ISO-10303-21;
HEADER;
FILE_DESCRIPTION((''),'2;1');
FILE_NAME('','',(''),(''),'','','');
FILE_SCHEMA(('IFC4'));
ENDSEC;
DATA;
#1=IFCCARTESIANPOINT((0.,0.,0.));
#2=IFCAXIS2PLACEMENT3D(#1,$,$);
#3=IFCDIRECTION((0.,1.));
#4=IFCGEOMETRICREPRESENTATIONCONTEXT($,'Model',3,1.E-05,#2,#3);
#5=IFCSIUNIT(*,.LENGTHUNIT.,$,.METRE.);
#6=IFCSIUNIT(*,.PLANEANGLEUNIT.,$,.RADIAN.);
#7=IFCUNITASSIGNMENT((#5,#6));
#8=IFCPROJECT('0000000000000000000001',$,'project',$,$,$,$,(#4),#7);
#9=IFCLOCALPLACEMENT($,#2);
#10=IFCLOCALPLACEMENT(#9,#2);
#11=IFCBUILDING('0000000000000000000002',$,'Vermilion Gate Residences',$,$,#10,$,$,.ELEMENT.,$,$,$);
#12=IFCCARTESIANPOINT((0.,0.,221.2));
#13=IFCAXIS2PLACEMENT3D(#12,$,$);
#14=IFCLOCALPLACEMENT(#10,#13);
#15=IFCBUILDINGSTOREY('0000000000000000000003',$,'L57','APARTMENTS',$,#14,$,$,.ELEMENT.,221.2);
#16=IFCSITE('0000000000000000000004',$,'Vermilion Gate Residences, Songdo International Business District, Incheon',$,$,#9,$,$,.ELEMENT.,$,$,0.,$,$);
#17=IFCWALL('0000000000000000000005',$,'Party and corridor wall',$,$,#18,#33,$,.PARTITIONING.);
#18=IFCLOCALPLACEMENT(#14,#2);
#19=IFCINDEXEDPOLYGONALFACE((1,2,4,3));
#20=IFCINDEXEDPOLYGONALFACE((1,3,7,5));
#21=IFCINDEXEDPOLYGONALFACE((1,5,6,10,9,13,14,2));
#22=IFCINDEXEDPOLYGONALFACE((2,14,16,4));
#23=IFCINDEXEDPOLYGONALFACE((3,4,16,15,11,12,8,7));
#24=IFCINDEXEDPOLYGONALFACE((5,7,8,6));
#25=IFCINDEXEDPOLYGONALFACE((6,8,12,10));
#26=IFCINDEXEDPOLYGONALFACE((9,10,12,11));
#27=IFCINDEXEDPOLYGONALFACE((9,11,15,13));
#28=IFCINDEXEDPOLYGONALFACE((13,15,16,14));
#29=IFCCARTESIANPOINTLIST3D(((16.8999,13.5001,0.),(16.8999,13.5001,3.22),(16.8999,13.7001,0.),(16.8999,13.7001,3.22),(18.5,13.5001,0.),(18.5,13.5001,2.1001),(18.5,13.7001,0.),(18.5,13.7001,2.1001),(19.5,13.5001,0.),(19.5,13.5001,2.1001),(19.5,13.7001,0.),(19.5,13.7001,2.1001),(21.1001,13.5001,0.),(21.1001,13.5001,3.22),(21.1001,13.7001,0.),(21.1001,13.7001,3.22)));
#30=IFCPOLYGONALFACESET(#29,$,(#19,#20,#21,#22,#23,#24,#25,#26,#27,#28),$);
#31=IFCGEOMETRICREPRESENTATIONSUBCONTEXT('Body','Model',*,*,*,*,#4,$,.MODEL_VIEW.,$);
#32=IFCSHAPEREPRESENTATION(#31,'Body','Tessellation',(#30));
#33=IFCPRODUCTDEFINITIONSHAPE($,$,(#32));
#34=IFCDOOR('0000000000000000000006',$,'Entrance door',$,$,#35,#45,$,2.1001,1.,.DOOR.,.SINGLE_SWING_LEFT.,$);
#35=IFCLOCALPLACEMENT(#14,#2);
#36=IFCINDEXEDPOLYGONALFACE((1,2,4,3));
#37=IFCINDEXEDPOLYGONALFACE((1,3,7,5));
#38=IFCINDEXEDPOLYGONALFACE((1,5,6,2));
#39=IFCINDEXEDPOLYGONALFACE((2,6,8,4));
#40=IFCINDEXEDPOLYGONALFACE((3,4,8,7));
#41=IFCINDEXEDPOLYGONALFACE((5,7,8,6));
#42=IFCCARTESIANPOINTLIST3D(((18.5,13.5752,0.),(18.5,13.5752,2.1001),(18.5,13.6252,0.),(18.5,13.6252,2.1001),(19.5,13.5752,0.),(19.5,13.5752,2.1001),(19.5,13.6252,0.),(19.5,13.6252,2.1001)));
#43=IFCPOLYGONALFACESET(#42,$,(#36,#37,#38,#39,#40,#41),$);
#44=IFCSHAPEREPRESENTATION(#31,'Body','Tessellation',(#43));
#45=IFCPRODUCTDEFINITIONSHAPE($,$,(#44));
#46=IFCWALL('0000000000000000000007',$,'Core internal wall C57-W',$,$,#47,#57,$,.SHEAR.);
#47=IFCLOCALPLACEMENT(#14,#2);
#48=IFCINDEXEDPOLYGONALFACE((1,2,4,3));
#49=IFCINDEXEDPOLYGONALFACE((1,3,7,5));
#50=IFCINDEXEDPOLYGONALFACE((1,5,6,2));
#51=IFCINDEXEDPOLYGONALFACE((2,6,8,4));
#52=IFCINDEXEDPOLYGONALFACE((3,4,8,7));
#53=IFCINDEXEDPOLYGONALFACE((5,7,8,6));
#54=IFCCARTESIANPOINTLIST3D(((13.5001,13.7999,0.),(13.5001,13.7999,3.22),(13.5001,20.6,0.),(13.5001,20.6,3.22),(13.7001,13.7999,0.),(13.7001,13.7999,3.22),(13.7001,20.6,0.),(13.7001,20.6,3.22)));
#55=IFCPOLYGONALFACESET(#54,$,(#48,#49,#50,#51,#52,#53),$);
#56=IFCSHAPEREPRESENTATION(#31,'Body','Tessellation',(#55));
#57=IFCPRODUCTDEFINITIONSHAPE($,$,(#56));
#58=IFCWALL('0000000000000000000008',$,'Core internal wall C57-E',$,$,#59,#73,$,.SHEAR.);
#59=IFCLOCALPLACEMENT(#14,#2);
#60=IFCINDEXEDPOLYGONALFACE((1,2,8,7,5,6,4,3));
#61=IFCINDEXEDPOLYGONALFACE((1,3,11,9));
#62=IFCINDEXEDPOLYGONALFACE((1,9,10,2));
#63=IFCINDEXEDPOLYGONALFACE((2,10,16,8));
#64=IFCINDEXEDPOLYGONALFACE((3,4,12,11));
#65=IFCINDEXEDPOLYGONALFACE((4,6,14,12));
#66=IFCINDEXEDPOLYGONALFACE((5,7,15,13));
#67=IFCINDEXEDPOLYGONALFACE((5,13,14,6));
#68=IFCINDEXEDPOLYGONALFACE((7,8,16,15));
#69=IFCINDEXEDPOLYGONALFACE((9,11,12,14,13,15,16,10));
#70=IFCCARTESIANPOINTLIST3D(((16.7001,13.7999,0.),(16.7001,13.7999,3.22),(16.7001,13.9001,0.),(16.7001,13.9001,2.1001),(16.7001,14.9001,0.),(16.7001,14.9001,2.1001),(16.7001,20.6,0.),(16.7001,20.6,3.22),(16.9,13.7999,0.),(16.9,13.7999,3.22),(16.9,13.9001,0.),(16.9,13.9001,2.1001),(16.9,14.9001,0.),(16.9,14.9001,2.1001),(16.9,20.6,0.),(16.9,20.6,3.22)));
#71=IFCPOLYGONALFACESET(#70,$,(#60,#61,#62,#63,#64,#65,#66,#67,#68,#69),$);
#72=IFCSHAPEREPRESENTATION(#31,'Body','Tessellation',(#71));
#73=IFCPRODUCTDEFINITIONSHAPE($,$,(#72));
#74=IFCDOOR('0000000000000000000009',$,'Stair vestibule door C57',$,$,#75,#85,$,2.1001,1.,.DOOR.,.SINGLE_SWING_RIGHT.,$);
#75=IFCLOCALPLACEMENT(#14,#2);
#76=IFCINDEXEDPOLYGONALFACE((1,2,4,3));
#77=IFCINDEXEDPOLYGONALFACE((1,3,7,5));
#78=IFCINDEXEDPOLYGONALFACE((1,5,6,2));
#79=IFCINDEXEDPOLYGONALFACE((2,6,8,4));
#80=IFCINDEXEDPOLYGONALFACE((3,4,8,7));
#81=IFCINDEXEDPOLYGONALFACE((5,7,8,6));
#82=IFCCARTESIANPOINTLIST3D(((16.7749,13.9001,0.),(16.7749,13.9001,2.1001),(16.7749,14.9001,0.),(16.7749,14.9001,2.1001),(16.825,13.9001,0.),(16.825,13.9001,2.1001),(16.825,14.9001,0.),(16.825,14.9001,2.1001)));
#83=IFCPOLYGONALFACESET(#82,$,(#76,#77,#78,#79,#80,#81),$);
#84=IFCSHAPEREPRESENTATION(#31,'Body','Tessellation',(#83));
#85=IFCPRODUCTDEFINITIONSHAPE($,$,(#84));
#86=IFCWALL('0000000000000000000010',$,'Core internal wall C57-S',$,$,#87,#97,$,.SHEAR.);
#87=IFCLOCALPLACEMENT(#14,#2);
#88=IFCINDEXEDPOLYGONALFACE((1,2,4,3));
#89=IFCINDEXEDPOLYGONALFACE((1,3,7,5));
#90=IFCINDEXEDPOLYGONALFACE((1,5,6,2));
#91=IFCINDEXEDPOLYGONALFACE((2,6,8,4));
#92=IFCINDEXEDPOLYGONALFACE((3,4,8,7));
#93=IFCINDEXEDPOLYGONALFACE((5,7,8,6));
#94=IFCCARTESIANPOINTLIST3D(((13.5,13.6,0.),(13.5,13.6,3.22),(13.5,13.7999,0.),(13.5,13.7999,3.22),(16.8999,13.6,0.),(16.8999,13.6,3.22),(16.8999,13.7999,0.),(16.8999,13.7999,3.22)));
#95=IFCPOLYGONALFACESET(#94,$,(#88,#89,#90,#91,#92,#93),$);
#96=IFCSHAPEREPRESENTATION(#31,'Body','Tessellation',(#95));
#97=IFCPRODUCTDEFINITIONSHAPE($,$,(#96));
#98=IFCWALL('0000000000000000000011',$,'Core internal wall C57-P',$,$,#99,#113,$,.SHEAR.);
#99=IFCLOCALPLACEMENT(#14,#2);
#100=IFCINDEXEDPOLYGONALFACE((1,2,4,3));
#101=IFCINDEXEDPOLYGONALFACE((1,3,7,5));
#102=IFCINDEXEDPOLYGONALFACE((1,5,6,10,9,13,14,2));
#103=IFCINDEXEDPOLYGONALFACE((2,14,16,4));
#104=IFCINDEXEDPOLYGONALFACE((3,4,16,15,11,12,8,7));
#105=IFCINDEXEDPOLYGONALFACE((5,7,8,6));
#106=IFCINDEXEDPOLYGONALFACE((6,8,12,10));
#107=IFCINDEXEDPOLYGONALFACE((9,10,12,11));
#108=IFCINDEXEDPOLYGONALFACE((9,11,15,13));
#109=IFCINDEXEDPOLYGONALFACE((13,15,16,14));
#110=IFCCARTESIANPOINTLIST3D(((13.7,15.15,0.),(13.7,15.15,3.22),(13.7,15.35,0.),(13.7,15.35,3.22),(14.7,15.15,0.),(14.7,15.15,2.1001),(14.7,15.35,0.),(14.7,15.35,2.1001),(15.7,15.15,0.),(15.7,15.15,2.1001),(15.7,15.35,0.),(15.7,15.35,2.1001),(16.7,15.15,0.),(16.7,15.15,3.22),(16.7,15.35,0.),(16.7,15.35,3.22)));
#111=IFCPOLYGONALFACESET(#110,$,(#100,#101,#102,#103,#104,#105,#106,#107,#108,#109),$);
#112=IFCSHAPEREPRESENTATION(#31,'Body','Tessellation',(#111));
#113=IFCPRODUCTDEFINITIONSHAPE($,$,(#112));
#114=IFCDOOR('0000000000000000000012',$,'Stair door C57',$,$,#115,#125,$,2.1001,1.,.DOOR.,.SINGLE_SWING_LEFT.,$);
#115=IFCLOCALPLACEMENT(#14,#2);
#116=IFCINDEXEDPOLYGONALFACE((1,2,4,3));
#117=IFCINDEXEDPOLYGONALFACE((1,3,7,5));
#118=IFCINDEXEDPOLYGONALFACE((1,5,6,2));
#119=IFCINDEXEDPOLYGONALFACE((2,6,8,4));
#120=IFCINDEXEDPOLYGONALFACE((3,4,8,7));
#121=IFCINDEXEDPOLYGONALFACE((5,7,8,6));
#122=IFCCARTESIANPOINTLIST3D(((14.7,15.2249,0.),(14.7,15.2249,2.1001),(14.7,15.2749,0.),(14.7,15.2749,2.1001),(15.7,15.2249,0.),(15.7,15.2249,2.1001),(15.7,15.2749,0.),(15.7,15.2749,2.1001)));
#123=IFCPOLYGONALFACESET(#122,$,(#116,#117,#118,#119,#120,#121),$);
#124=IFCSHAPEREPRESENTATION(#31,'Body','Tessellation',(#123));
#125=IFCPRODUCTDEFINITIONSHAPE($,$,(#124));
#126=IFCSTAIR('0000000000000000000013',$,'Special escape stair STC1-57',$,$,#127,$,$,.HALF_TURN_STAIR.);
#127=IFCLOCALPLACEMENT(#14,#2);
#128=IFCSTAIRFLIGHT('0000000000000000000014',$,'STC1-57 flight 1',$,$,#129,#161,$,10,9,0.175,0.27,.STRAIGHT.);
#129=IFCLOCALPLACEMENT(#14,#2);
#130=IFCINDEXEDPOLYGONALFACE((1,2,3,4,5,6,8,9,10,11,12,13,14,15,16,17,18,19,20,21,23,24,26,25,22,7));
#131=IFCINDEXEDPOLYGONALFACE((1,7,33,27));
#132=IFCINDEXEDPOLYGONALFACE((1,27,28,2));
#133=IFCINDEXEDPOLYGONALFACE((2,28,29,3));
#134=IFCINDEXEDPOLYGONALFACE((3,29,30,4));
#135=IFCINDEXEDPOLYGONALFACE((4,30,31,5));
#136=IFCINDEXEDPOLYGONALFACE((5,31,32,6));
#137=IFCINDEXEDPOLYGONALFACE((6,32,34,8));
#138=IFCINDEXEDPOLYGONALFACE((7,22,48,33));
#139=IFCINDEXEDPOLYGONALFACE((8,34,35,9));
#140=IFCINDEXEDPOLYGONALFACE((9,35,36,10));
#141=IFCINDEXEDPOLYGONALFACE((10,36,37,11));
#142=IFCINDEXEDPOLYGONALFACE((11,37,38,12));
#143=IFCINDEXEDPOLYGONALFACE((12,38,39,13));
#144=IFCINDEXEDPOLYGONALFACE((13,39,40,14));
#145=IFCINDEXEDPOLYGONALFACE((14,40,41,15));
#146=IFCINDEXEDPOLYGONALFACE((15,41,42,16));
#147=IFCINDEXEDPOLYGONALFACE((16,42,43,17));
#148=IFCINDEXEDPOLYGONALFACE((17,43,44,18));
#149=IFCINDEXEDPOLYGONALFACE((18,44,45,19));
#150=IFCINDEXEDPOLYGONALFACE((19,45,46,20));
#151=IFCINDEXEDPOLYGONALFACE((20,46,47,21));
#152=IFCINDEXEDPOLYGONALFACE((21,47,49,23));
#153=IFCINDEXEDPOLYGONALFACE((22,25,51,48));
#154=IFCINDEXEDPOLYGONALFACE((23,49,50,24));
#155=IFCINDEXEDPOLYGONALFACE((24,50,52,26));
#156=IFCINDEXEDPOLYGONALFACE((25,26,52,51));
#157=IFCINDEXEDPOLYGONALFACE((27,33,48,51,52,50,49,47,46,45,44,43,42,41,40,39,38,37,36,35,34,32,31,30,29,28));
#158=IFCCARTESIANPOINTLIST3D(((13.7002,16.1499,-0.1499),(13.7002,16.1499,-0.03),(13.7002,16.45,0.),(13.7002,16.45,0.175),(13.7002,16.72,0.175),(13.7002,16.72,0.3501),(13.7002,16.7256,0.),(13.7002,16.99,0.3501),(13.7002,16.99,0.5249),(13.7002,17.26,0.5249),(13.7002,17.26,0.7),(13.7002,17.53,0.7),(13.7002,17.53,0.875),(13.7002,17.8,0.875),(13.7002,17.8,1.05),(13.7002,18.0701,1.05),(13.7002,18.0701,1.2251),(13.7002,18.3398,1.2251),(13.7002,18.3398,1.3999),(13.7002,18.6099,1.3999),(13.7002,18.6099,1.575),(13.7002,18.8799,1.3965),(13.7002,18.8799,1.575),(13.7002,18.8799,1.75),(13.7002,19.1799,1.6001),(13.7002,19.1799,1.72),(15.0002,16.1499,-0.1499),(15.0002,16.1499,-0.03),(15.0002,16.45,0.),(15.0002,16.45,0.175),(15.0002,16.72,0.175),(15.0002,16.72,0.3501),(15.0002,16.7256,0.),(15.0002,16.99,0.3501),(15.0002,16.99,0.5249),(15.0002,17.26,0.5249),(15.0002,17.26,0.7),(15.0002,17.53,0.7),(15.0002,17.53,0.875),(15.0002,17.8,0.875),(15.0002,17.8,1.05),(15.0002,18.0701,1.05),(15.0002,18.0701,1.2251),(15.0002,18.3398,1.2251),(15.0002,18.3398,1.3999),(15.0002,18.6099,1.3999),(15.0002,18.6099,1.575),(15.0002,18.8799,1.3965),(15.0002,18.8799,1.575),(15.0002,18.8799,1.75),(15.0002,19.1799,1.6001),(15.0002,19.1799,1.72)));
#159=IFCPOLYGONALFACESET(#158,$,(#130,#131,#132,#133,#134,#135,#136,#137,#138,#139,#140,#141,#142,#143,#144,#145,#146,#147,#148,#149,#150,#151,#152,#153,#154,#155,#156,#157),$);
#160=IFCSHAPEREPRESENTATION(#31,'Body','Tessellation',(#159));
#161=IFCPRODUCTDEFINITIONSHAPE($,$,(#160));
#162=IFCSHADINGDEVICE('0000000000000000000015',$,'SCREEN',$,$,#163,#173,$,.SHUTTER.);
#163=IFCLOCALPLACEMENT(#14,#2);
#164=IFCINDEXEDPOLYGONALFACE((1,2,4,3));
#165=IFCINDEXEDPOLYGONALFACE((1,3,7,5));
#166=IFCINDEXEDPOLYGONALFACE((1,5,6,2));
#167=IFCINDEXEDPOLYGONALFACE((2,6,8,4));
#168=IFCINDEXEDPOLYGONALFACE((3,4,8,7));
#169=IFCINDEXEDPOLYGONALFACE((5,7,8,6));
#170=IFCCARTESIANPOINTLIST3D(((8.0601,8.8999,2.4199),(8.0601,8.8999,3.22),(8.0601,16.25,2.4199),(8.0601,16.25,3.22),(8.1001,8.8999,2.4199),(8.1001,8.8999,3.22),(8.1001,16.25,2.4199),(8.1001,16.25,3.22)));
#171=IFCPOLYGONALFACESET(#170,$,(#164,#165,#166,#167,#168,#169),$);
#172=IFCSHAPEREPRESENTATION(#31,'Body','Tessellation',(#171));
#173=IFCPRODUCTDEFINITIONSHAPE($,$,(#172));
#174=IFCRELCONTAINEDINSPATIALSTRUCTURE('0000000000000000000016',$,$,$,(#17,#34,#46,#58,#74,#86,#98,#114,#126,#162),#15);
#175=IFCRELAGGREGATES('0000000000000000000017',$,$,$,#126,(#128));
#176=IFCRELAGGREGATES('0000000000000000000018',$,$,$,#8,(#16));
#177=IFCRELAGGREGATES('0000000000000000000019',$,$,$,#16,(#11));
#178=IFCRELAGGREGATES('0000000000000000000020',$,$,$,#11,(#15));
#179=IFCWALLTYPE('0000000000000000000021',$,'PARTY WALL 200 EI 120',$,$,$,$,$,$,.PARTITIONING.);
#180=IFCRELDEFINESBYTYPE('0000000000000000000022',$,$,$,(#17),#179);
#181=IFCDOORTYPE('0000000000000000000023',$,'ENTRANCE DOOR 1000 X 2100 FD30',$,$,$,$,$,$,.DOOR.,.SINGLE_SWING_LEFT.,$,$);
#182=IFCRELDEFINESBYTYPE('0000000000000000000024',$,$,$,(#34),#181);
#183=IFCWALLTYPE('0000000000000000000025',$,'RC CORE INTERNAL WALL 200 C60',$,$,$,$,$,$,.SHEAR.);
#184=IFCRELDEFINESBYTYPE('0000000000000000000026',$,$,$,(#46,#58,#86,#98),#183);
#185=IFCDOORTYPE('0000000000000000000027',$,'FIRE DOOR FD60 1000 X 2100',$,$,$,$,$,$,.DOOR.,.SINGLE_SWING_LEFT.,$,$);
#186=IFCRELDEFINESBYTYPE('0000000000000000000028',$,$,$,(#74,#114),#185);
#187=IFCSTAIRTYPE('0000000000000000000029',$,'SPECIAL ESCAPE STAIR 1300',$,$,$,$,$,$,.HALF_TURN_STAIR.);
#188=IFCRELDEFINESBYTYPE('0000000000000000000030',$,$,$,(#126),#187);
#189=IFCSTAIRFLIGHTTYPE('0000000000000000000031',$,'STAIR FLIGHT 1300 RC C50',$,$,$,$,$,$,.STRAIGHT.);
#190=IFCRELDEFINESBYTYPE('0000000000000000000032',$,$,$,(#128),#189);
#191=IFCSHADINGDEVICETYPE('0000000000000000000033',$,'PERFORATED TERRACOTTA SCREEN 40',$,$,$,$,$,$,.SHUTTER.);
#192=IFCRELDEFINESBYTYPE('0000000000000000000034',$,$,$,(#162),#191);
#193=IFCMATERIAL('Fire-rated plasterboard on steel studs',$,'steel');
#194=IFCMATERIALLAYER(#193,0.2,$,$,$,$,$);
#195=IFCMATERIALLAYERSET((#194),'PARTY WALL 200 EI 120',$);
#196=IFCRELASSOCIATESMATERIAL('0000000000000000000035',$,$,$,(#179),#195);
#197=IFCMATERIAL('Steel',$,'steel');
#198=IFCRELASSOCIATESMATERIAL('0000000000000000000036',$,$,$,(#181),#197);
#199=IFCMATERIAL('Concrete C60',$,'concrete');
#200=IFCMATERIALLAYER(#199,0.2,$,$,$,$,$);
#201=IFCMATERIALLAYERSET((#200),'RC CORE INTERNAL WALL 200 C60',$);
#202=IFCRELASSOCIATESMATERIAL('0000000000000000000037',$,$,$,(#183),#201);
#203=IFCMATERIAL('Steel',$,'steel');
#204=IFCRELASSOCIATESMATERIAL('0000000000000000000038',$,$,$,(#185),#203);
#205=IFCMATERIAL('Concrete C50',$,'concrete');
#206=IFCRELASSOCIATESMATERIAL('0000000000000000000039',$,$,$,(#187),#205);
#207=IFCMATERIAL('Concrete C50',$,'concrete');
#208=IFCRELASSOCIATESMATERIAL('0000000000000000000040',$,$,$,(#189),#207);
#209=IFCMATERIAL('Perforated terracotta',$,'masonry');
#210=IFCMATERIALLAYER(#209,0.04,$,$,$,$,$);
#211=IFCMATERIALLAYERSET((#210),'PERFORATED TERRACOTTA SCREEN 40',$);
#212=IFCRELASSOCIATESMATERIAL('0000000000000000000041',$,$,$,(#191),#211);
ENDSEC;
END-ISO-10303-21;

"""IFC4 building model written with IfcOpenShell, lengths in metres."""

from ifc_helpers import new_model, si_unit, direction, frame, frame_2d, origin, origin_2d, place, context, subcontext, project, spatial, polyline, rectangle, outline, extrude, material, layer, layer_set, type_object, element, fill, aggregate, save


model = new_model("IFC4")

# Units and contexts
model_context = context("Model", 3, precision=1e-05, world=origin(), true_north=direction((0.0, 1.0)))
body_context = subcontext(model_context, "Body", "Model", "MODEL_VIEW")
ifc_project = project(units=[si_unit("LENGTHUNIT", "METRE"), si_unit("PLANEANGLEUNIT", "RADIAN")], contexts=[model_context])

# Site, building, storey
site_placement = place(None, origin())
site = spatial("IfcSite", under=ifc_project, at=site_placement, Name="Vermilion Gate Residences, Songdo International Business District, Incheon", CompositionType="ELEMENT", RefElevation=0.0)
building_placement = place(site_placement, origin())
building = spatial("IfcBuilding", under=site, at=building_placement, Name="Vermilion Gate Residences", CompositionType="ELEMENT")
storey_placement = place(building_placement, frame((0.0, 0.0, 221.2)))
storey = spatial("IfcBuildingStorey", under=building, at=storey_placement, Name="L57", Description="APARTMENTS", CompositionType="ELEMENT", Elevation=221.2)

# Wall, opening, door
ifc_material_1 = material(Name="Fire-rated plasterboard on steel studs", Category="steel")
ifc_layer_1 = layer(ifc_material_1, 0.2)
ifc_layer_set_1 = layer_set([ifc_layer_1], Name="PARTY WALL 200 EI 120")
wall_type_1 = type_object("IfcWallType", Name="PARTY WALL 200 EI 120", PredefinedType="PARTITIONING", material=ifc_layer_set_1)
wall_1_placement = place(storey_placement, frame((16.8999, 13.6001, 0.0), z_axis=(0.0, 0.0, 1.0), x_axis=(1.0, 0.0, 0.0)))
wall_1 = element("IfcWall", 1, at=wall_1_placement, inside=storey, type_object=wall_type_1, Name="Party and corridor wall", PredefinedType="PARTITIONING", context=body_context, shape_type="SweptSolid", body=[
    extrude(rectangle(XDim=4.2002, YDim=0.2, at=frame_2d((2.1001, 0.0))), origin(), (0.0, 0.0, 1.0), 3.22),
])
opening_1_placement = place(wall_1_placement, frame((1.6001, 0.0, 0.0)))
opening_1 = element("IfcOpeningElement", 2, at=opening_1_placement, cuts=wall_1, PredefinedType="OPENING", context=body_context, shape_type="SweptSolid", body=[
    extrude(rectangle(XDim=1.0, YDim=2.1001, at=frame_2d((0.5, 1.05))), frame((0.0, 0.1099, 0.0), z_axis=(0.0, -1.0, 0.0), x_axis=(1.0, 0.0, 0.0)), (0.0, 0.0, 1.0), 0.22),
])
ifc_material_2 = material(Name="Steel", Category="steel")
door_type_1 = type_object("IfcDoorType", Name="ENTRANCE DOOR 1000 X 2100 FD30", OperationType="SINGLE_SWING_LEFT", PredefinedType="DOOR", material=ifc_material_2)
door_1_placement = place(opening_1_placement, frame((1.0, 0.0, 0.0), z_axis=(0.0, 0.0, 1.0), x_axis=(-1.0, 0.0, 0.0)))
door_1 = element("IfcDoor", 3, at=door_1_placement, inside=storey, type_object=door_type_1, Name="Entrance door", OperationType="SINGLE_SWING_LEFT", OverallHeight=2.1001, OverallWidth=1.0, PredefinedType="DOOR", context=body_context, shape_type="SweptSolid", body=[
    extrude(rectangle(XDim=1.0, YDim=2.1001, at=frame_2d((0.5, 1.05))), frame((0.0, 0.0249, 0.0), z_axis=(0.0, -1.0, 0.0), x_axis=(1.0, 0.0, 0.0)), (0.0, 0.0, 1.0), 0.05),
])
fill(opening_1, door_1)

# Wall
ifc_material_3 = material(Name="Concrete C60", Category="concrete")
ifc_layer_2 = layer(ifc_material_3, 0.2)
ifc_layer_set_2 = layer_set([ifc_layer_2], Name="RC CORE INTERNAL WALL 200 C60")
wall_type_2 = type_object("IfcWallType", Name="RC CORE INTERNAL WALL 200 C60", PredefinedType="SHEAR", material=ifc_layer_set_2)
wall_2_placement = place(storey_placement, frame((13.6001, 13.8, 0.0), z_axis=(0.0, 0.0, 1.0), x_axis=(0.0, 1.0, 0.0)))
element("IfcWall", 4, at=wall_2_placement, inside=storey, type_object=wall_type_2, Name="Core internal wall C57-W", PredefinedType="SHEAR", context=body_context, shape_type="SweptSolid", body=[
    extrude(rectangle(XDim=6.8, YDim=0.2, at=frame_2d((3.3999, 0.0))), origin(), (0.0, 0.0, 1.0), 3.22),
])

# Wall, opening, door
wall_3_placement = place(storey_placement, frame((16.8, 13.8, 0.0), z_axis=(0.0, 0.0, 1.0), x_axis=(0.0, 1.0, 0.0)))
wall_3 = element("IfcWall", 5, at=wall_3_placement, inside=storey, type_object=wall_type_2, Name="Core internal wall C57-E", PredefinedType="SHEAR", context=body_context, shape_type="SweptSolid", body=[
    extrude(rectangle(XDim=6.8, YDim=0.2, at=frame_2d((3.3999, 0.0))), origin(), (0.0, 0.0, 1.0), 3.22),
])
opening_2_placement = place(wall_3_placement, frame((0.1001, 0.0, 0.0)))
opening_2 = element("IfcOpeningElement", 6, at=opening_2_placement, cuts=wall_3, PredefinedType="OPENING", context=body_context, shape_type="SweptSolid", body=[
    extrude(rectangle(XDim=1.0, YDim=2.1001, at=frame_2d((0.5, 1.05))), frame((0.0, 0.1099, 0.0), z_axis=(0.0, -1.0, 0.0), x_axis=(1.0, 0.0, 0.0)), (0.0, 0.0, 1.0), 0.22),
])
ifc_material_4 = material(Name="Steel", Category="steel")
door_type_2 = type_object("IfcDoorType", Name="FIRE DOOR FD60 1000 X 2100", OperationType="SINGLE_SWING_LEFT", PredefinedType="DOOR", material=ifc_material_4)
door_2_placement = place(opening_2_placement, frame((1.0, 0.0, 0.0), z_axis=(0.0, 0.0, 1.0), x_axis=(-1.0, 0.0, 0.0)))
door_2 = element("IfcDoor", 7, at=door_2_placement, inside=storey, type_object=door_type_2, Name="Stair vestibule door C57", OperationType="SINGLE_SWING_RIGHT", OverallHeight=2.1001, OverallWidth=1.0, PredefinedType="DOOR", context=body_context, shape_type="SweptSolid", body=[
    extrude(rectangle(XDim=1.0, YDim=2.1001, at=frame_2d((0.5, 1.05))), frame((0.0, 0.0249, 0.0), z_axis=(0.0, -1.0, 0.0), x_axis=(1.0, 0.0, 0.0)), (0.0, 0.0, 1.0), 0.05),
])
fill(opening_2, door_2)

# Wall
wall_4_placement = place(storey_placement, frame((13.5, 13.7, 0.0), z_axis=(0.0, 0.0, 1.0), x_axis=(1.0, 0.0, 0.0)))
element("IfcWall", 8, at=wall_4_placement, inside=storey, type_object=wall_type_2, Name="Core internal wall C57-S", PredefinedType="SHEAR", context=body_context, shape_type="SweptSolid", body=[
    extrude(rectangle(XDim=3.3999, YDim=0.2, at=frame_2d((1.7, 0.0))), origin(), (0.0, 0.0, 1.0), 3.22),
])

# Wall, opening, door
wall_5_placement = place(storey_placement, frame((13.7, 15.25, 0.0), z_axis=(0.0, 0.0, 1.0), x_axis=(1.0, 0.0, 0.0)))
wall_5 = element("IfcWall", 9, at=wall_5_placement, inside=storey, type_object=wall_type_2, Name="Core internal wall C57-P", PredefinedType="SHEAR", context=body_context, shape_type="SweptSolid", body=[
    extrude(rectangle(XDim=3.0, YDim=0.2, at=frame_2d((1.5, 0.0))), origin(), (0.0, 0.0, 1.0), 3.22),
])
opening_3_placement = place(wall_5_placement, frame((1.0, 0.0, 0.0)))
opening_3 = element("IfcOpeningElement", 10, at=opening_3_placement, cuts=wall_5, PredefinedType="OPENING", context=body_context, shape_type="SweptSolid", body=[
    extrude(rectangle(XDim=1.0, YDim=2.1001, at=frame_2d((0.5, 1.05))), frame((0.0, 0.1099, 0.0), z_axis=(0.0, -1.0, 0.0), x_axis=(1.0, 0.0, 0.0)), (0.0, 0.0, 1.0), 0.22),
])
door_3_placement = place(opening_3_placement, origin())
door_3 = element("IfcDoor", 11, at=door_3_placement, inside=storey, type_object=door_type_2, Name="Stair door C57", OperationType="SINGLE_SWING_LEFT", OverallHeight=2.1001, OverallWidth=1.0, PredefinedType="DOOR", context=body_context, shape_type="SweptSolid", body=[
    extrude(rectangle(XDim=1.0, YDim=2.1001, at=frame_2d((0.5, 1.05))), frame((0.0, 0.0249, 0.0), z_axis=(0.0, -1.0, 0.0), x_axis=(1.0, 0.0, 0.0)), (0.0, 0.0, 1.0), 0.05),
])
fill(opening_3, door_3)

# Stair, stair flight
ifc_material_5 = material(Name="Concrete C50", Category="concrete")
stair_type = type_object("IfcStairType", Name="SPECIAL ESCAPE STAIR 1300", PredefinedType="HALF_TURN_STAIR", material=ifc_material_5)
stair_placement = place(storey_placement, origin())
stair = element("IfcStair", 12, at=stair_placement, inside=storey, type_object=stair_type, Name="Special escape stair STC1-57", PredefinedType="HALF_TURN_STAIR")
ifc_material_6 = material(Name="Concrete C50", Category="concrete")
stair_flight_type = type_object("IfcStairFlightType", Name="STAIR FLIGHT 1300 RC C50", PredefinedType="STRAIGHT", material=ifc_material_6)
stair_flight_placement = place(storey_placement, frame((14.3501, 16.45, 0.0), z_axis=(0.0, 0.0, 1.0), x_axis=(0.0, 1.0, 0.0)))
stair_flight = element("IfcStairFlight", 13, at=stair_flight_placement, type_object=stair_flight_type, Name="STC1-57 flight 1", NumberOfRisers=10, NumberOfTreads=9, PredefinedType="STRAIGHT", RiserHeight=0.175, TreadLength=0.27, context=body_context, shape_type="SweptSolid", body=[
    extrude(outline(polyline([(-0.3, -0.1499), (-0.3, -0.03), (0.0, 0.0), (0.0, 0.175), (0.27, 0.175), (0.27, 0.3501), (0.54, 0.3501), (0.54, 0.5249), (0.8101, 0.5249), (0.8101, 0.7), (1.0801, 0.7), (1.0801, 0.875), (1.3501, 0.875), (1.3501, 1.05), (1.6201, 1.05), (1.6201, 1.2251), (1.8899, 1.2251), (1.8899, 1.3999), (2.1599, 1.3999), (2.1599, 1.575), (2.4299, 1.575), (2.4299, 1.75), (2.73, 1.72), (2.73, 1.6001), (2.4299, 1.3965), (0.2756, 0.0), (-0.3, -0.1499)])), frame((0.0, 0.6499, 0.0), z_axis=(0.0, -1.0, 0.0), x_axis=(1.0, 0.0, 0.0)), (0.0, 0.0, 1.0), 1.3),
])
aggregate(stair, [stair_flight])

# Shading device
ifc_material_7 = material(Name="Perforated terracotta", Category="masonry")
ifc_layer_3 = layer(ifc_material_7, 0.04)
ifc_layer_set_3 = layer_set([ifc_layer_3], Name="PERFORATED TERRACOTTA SCREEN 40")
shading_device_type_1 = type_object("IfcShadingDeviceType", Name="PERFORATED TERRACOTTA SCREEN 40", PredefinedType="SHUTTER", material=ifc_layer_set_3)
shading_device_1_placement = place(storey_placement, frame((8.0801, 12.575, 2.4199), z_axis=(0.0, 0.0, 1.0), x_axis=(0.0, -1.0, 0.0)))
element("IfcShadingDevice", 14, at=shading_device_1_placement, inside=storey, type_object=shading_device_type_1, Name="SCREEN", PredefinedType="SHUTTER", context=body_context, shape_type="SweptSolid", body=[
    extrude(rectangle(XDim=7.3501, YDim=0.04, at=origin_2d()), origin(), (0.0, 0.0, 1.0), 0.8),
])

save(model, "model.ifc")
